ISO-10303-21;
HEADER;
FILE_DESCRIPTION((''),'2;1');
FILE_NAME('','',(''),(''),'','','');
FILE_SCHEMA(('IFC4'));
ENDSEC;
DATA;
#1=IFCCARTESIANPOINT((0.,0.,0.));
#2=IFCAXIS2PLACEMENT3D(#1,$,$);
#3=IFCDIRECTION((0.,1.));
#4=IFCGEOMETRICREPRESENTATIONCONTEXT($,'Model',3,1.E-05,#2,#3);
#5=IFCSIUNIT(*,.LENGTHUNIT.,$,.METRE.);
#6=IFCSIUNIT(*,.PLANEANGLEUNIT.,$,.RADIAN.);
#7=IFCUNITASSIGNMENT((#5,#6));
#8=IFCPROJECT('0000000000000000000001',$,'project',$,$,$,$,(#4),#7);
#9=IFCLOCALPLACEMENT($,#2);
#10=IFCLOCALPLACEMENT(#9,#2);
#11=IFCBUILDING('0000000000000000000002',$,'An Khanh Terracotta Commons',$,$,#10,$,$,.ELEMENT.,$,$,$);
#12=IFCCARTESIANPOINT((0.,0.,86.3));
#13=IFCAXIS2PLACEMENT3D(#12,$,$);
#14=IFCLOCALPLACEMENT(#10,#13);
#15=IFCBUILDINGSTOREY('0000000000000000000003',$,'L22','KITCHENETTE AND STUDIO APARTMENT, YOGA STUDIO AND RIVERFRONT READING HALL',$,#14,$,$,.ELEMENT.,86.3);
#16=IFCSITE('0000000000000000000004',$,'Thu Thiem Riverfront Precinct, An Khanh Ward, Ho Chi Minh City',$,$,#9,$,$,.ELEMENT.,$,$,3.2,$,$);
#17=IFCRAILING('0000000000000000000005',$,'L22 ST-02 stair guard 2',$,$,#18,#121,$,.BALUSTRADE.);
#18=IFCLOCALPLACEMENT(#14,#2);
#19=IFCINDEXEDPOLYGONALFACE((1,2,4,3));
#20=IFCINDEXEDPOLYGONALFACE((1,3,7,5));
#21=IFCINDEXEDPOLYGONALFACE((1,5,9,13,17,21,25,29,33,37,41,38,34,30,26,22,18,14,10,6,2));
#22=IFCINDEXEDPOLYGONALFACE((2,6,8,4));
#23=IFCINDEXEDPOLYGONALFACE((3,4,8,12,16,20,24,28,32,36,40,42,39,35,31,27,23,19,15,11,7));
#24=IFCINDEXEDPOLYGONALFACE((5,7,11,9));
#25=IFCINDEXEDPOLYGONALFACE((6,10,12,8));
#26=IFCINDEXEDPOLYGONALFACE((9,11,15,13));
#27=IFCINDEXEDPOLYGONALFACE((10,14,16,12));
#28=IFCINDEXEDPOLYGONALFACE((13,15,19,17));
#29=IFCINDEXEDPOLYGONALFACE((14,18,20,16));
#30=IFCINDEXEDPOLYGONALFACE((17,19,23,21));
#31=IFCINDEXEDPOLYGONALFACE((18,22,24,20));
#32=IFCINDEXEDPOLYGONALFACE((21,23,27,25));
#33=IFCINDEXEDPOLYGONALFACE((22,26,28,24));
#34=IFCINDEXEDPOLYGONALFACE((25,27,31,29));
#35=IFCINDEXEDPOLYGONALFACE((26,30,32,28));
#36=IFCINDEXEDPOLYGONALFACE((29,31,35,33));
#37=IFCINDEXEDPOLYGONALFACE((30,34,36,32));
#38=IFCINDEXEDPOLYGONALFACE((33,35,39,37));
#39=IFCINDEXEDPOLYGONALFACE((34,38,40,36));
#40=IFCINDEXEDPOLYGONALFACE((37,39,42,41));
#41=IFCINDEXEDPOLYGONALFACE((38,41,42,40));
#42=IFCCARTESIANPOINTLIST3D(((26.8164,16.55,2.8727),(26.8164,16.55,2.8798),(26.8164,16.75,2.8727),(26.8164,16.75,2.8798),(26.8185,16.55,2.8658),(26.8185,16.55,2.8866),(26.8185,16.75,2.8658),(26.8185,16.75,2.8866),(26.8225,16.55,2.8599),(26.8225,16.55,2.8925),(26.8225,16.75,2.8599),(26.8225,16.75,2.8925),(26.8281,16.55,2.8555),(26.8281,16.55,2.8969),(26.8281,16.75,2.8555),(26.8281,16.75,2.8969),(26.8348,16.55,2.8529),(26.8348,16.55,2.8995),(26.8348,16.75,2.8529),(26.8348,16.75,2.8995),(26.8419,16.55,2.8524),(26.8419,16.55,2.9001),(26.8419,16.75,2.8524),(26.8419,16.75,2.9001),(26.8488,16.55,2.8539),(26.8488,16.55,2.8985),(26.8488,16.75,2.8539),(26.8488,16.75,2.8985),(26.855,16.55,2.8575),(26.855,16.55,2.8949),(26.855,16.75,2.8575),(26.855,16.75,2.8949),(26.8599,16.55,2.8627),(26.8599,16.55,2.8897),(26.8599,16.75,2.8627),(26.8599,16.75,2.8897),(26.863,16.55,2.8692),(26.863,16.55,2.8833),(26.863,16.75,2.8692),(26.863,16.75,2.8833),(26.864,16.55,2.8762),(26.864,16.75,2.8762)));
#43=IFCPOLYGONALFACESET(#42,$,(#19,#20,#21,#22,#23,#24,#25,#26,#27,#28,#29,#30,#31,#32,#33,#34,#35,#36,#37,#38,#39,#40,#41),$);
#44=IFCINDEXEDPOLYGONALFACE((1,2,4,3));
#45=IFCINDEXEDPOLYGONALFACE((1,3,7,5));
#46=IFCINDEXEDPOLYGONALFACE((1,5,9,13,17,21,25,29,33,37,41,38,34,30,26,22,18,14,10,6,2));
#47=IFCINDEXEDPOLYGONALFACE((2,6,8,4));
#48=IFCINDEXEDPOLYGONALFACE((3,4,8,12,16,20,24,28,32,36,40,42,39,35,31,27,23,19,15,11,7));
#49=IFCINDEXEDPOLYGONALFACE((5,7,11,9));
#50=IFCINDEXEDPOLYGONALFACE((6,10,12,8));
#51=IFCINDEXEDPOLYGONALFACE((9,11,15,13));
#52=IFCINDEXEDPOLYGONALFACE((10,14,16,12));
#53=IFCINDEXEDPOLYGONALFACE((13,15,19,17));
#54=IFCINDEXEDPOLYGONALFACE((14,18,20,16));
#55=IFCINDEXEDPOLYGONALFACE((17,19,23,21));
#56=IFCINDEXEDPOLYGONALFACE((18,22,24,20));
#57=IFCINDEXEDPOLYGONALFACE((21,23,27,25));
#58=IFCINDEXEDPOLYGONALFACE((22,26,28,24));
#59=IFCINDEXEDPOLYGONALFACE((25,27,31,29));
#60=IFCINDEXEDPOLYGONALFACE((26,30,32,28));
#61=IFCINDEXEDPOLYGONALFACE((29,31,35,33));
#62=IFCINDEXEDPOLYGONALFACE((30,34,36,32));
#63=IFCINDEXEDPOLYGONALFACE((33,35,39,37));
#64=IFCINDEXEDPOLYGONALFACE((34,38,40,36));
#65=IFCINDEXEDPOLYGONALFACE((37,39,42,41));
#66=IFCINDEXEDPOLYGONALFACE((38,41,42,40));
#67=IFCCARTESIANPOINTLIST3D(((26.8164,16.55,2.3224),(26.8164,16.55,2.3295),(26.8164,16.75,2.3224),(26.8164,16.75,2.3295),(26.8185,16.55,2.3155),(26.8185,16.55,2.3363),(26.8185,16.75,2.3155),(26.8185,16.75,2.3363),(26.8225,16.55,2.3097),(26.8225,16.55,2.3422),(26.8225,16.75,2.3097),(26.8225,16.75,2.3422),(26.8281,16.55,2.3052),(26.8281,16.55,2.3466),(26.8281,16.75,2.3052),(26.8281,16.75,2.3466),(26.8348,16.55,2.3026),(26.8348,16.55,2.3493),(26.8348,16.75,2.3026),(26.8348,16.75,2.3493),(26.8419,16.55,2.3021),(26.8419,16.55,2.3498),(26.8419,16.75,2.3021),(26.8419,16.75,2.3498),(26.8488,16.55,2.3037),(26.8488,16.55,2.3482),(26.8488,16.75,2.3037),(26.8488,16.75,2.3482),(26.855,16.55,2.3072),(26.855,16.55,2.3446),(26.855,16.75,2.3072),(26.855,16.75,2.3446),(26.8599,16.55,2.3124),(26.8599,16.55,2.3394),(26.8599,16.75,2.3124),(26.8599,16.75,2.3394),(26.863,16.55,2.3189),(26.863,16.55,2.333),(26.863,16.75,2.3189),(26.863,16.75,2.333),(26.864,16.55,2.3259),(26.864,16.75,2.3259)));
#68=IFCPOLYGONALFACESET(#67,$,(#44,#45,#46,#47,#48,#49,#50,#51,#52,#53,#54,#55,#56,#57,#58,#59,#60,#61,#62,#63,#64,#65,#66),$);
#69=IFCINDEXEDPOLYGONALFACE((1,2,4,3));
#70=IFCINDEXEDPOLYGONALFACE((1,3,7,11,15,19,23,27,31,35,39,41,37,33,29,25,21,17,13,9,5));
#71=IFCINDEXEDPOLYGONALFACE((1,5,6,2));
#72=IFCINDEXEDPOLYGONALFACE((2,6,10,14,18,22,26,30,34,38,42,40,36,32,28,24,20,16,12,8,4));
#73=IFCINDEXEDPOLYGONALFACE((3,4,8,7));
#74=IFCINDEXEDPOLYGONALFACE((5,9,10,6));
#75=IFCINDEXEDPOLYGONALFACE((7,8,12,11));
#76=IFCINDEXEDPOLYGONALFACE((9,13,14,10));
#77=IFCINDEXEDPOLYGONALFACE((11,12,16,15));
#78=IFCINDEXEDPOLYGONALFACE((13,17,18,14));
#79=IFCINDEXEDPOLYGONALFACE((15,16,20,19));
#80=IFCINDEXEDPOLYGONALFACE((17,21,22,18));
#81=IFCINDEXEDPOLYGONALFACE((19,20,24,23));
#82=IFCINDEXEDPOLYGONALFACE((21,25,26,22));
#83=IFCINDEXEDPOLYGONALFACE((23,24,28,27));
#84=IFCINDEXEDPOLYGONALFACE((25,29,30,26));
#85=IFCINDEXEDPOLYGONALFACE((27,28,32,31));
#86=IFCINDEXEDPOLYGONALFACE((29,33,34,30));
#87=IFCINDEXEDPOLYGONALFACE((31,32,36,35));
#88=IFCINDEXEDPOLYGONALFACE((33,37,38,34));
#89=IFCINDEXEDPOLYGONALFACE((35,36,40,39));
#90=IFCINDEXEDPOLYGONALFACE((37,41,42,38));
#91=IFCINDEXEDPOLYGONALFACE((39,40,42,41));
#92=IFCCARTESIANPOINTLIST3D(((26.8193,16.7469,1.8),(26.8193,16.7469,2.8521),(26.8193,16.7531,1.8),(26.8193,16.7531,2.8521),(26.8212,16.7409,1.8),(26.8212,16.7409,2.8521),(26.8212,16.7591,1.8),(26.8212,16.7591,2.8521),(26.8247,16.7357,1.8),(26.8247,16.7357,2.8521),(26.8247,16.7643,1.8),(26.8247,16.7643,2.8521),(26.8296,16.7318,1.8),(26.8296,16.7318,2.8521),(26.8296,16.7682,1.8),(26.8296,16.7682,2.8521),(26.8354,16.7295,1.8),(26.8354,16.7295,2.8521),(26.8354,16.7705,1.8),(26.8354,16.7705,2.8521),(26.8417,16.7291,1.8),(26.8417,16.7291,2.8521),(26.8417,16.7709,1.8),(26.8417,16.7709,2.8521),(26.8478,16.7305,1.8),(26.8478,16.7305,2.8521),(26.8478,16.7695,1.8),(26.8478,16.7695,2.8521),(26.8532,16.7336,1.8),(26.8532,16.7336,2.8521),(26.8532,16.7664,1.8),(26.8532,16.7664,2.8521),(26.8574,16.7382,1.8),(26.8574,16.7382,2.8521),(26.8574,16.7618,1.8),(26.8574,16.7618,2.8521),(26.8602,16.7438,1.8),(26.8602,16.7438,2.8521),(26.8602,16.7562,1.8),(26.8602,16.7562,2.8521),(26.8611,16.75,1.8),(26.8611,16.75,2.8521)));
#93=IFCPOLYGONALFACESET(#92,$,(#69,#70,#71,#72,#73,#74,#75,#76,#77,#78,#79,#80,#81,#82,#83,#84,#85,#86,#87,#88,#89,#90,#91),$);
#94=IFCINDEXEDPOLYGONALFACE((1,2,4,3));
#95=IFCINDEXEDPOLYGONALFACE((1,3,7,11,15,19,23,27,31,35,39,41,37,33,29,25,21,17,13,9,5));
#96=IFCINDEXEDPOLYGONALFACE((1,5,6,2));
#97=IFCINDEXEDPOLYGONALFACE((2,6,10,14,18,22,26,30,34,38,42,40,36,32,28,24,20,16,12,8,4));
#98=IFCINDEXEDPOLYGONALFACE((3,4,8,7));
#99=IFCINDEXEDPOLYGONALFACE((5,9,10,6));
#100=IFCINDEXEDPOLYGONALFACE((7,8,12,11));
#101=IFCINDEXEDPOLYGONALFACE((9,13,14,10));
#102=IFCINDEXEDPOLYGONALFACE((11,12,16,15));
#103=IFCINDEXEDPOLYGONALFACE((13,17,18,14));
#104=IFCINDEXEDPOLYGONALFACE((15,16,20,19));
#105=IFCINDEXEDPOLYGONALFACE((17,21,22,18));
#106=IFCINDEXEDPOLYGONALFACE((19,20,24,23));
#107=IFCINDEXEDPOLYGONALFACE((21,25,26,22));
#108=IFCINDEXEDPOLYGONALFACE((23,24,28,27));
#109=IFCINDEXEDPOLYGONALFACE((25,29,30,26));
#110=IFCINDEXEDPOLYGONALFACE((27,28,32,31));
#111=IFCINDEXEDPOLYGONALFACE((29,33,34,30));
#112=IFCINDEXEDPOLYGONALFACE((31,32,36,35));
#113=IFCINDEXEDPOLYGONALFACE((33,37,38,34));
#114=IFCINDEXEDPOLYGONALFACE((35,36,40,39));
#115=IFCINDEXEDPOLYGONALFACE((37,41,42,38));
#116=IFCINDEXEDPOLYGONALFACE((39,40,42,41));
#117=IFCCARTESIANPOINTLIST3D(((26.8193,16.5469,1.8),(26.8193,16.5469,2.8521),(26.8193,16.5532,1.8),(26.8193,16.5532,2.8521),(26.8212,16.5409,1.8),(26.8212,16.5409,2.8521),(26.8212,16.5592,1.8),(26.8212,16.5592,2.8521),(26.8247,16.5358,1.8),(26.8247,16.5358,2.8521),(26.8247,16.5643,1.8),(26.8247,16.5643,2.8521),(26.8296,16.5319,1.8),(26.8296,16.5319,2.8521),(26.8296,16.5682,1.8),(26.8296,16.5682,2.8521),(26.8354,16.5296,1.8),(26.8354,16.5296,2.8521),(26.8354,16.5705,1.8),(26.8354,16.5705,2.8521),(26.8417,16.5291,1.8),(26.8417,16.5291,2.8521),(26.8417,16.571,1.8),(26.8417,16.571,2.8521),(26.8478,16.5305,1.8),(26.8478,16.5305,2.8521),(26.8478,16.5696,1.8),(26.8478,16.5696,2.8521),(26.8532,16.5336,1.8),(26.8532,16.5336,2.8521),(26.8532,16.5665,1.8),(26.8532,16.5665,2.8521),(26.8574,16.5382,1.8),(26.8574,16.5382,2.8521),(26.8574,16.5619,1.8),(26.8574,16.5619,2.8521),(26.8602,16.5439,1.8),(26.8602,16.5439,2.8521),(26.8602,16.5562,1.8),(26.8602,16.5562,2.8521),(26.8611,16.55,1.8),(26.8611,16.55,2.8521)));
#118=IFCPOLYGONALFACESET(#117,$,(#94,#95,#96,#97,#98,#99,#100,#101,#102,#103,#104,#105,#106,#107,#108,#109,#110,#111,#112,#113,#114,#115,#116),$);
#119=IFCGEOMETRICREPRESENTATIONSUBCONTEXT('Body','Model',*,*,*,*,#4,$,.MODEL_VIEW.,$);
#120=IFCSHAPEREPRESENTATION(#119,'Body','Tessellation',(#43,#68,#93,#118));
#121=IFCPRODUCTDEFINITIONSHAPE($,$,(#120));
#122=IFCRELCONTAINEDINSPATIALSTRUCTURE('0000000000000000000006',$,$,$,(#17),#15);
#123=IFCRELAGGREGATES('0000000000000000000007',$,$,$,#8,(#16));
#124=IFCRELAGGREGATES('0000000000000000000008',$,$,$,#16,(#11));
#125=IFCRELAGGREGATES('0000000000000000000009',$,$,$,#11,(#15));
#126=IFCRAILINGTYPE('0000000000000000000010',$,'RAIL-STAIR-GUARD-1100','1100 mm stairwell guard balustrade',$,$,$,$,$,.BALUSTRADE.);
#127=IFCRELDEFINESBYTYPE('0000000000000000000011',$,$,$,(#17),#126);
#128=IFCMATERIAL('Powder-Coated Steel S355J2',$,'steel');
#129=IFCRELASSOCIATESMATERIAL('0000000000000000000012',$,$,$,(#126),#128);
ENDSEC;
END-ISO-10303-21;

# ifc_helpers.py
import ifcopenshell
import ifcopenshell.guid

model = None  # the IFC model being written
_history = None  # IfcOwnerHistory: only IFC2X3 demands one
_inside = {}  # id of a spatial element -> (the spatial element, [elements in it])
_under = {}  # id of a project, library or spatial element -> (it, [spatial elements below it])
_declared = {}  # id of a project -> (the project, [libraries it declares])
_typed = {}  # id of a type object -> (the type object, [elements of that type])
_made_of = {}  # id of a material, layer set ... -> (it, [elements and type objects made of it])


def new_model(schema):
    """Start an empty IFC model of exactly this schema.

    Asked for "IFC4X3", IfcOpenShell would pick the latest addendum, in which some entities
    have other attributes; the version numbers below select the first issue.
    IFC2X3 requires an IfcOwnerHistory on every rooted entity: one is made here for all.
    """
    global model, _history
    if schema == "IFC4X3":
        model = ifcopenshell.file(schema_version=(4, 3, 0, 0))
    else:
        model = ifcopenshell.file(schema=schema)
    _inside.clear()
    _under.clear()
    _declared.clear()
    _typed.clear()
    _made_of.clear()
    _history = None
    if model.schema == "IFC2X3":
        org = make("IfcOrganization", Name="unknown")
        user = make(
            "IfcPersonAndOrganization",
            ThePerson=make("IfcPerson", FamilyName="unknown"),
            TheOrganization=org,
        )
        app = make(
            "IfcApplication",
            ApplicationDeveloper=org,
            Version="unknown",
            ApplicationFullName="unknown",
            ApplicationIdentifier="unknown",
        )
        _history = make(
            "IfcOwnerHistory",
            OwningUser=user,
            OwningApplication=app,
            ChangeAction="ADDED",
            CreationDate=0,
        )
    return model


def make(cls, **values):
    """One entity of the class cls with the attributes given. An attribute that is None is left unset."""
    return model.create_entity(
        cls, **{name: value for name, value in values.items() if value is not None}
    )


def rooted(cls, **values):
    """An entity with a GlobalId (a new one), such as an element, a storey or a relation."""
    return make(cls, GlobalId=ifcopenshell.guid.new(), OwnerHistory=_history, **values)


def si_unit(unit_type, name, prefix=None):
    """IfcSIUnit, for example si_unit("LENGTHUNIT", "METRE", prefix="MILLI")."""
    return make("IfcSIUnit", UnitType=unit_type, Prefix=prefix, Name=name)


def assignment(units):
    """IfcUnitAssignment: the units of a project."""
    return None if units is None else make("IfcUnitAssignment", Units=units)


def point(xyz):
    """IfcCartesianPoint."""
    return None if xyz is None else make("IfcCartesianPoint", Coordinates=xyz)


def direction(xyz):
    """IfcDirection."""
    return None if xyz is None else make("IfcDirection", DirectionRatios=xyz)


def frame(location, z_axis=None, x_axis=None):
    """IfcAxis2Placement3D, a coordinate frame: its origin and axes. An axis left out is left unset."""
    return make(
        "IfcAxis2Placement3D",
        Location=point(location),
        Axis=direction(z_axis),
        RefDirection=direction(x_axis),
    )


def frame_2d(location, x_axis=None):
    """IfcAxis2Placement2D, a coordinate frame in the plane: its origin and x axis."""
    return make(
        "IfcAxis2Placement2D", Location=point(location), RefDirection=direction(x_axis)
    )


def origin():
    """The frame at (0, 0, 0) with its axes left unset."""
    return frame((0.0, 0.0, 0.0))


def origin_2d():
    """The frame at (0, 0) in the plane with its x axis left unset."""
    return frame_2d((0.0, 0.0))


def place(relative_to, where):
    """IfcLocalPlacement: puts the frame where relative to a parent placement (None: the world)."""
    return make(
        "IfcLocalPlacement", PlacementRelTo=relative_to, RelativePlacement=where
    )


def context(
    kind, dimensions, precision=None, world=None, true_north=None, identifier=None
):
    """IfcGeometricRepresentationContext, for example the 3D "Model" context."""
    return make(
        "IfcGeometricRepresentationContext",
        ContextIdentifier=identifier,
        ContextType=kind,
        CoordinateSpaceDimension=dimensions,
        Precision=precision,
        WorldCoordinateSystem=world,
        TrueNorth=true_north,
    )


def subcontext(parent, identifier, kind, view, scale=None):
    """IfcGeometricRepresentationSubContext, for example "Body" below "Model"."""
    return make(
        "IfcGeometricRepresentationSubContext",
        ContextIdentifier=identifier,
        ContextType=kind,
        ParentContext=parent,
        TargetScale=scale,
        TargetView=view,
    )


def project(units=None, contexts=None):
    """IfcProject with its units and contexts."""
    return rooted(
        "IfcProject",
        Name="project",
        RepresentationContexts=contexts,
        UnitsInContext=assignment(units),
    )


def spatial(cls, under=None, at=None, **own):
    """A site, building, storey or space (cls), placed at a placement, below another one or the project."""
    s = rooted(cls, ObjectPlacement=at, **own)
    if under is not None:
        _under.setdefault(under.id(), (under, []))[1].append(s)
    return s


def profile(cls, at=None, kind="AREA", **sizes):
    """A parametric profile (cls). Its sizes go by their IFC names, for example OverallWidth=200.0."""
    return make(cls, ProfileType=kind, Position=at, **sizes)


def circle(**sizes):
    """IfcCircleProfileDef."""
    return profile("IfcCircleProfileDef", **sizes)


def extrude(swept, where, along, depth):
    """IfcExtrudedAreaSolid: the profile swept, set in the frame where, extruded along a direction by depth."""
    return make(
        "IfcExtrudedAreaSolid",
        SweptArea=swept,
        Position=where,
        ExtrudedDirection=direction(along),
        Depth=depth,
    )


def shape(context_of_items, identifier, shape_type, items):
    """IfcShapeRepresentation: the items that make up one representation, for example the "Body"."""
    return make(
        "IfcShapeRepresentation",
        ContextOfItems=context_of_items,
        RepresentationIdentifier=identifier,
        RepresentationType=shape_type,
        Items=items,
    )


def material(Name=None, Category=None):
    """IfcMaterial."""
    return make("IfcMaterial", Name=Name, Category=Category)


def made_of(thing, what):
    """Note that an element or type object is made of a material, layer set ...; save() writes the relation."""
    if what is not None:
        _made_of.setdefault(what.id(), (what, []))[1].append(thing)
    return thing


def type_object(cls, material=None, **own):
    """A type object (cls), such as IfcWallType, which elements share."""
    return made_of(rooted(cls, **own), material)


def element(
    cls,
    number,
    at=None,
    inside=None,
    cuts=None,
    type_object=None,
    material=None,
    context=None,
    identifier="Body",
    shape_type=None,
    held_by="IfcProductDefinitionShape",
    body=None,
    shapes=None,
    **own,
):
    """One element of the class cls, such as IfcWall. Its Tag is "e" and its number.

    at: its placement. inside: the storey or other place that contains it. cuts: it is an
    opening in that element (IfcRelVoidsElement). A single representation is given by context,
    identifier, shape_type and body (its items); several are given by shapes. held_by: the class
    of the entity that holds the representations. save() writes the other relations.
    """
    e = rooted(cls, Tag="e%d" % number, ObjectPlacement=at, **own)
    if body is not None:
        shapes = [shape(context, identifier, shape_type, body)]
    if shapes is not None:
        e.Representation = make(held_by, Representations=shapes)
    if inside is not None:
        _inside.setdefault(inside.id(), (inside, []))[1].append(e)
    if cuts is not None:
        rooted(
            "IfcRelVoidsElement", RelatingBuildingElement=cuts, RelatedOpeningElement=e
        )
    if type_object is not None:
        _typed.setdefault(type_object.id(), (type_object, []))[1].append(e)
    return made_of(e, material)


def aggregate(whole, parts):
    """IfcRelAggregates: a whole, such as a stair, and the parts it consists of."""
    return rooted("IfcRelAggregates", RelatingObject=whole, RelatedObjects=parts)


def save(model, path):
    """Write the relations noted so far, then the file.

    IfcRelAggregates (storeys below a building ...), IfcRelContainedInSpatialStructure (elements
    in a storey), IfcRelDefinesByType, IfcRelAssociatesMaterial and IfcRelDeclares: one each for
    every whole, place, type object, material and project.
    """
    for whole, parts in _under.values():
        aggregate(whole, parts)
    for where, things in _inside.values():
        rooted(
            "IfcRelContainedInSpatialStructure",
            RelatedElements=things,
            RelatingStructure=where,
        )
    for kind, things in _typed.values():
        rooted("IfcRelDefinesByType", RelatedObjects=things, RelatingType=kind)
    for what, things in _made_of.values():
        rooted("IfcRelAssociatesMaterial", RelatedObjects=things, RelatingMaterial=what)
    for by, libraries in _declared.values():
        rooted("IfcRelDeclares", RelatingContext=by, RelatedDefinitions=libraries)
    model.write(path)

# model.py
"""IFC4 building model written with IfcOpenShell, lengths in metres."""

from ifc_helpers import new_model, si_unit, direction, frame, origin, origin_2d, place, context, subcontext, project, spatial, circle, extrude, material, type_object, element, save


model = new_model("IFC4")

# Units and contexts
model_context = context("Model", 3, precision=1e-05, world=origin(), true_north=direction((0.0, 1.0)))
body_context = subcontext(model_context, "Body", "Model", "MODEL_VIEW")
ifc_project = project(units=[si_unit("LENGTHUNIT", "METRE"), si_unit("PLANEANGLEUNIT", "RADIAN")], contexts=[model_context])

# Site, building, storey
site_placement = place(None, origin())
site = spatial("IfcSite", under=ifc_project, at=site_placement, Name="Thu Thiem Riverfront Precinct, An Khanh Ward, Ho Chi Minh City", CompositionType="ELEMENT", RefElevation=3.2)
building_placement = place(site_placement, origin())
building = spatial("IfcBuilding", under=site, at=building_placement, Name="An Khanh Terracotta Commons", CompositionType="ELEMENT")
storey_placement = place(building_placement, frame((0.0, 0.0, 86.3)))
storey = spatial("IfcBuildingStorey", under=building, at=storey_placement, Name="L22", Description="KITCHENETTE AND STUDIO APARTMENT, YOGA STUDIO AND RIVERFRONT READING HALL", CompositionType="ELEMENT", Elevation=86.3)

# Railing
ifc_material_1 = material(Name="Powder-Coated Steel S355J2", Category="steel")
railing_type_1 = type_object("IfcRailingType", Name="RAIL-STAIR-GUARD-1100", Description="1100 mm stairwell guard balustrade", PredefinedType="BALUSTRADE", material=ifc_material_1)
railing_1_placement = place(storey_placement, frame((26.8401, 16.75, 1.8)))
element("IfcRailing", 1, at=railing_1_placement, inside=storey, type_object=railing_type_1, Name="L22 ST-02 stair guard 2", PredefinedType="BALUSTRADE", context=body_context, shape_type="SweptSolid", body=[
    extrude(circle(Radius=0.0239, at=origin_2d()), frame((0.0, 0.0, 1.0762), z_axis=(0.0, -1.0, 0.0), x_axis=(1.0, 0.0, 0.0)), (0.0, 0.0, 1.0), 0.2),
    extrude(circle(Radius=0.0239, at=origin_2d()), frame((0.0, 0.0, 0.5259), z_axis=(0.0, -1.0, 0.0), x_axis=(1.0, 0.0, 0.0)), (0.0, 0.0, 1.0), 0.2),
    extrude(circle(Radius=0.021, at=origin_2d()), origin(), (0.0, 0.0, 1.0), 1.052),
    extrude(circle(Radius=0.021, at=origin_2d()), frame((0.0, -0.2, 0.0)), (0.0, 0.0, 1.0), 1.052),
])

save(model, "model.ifc")
